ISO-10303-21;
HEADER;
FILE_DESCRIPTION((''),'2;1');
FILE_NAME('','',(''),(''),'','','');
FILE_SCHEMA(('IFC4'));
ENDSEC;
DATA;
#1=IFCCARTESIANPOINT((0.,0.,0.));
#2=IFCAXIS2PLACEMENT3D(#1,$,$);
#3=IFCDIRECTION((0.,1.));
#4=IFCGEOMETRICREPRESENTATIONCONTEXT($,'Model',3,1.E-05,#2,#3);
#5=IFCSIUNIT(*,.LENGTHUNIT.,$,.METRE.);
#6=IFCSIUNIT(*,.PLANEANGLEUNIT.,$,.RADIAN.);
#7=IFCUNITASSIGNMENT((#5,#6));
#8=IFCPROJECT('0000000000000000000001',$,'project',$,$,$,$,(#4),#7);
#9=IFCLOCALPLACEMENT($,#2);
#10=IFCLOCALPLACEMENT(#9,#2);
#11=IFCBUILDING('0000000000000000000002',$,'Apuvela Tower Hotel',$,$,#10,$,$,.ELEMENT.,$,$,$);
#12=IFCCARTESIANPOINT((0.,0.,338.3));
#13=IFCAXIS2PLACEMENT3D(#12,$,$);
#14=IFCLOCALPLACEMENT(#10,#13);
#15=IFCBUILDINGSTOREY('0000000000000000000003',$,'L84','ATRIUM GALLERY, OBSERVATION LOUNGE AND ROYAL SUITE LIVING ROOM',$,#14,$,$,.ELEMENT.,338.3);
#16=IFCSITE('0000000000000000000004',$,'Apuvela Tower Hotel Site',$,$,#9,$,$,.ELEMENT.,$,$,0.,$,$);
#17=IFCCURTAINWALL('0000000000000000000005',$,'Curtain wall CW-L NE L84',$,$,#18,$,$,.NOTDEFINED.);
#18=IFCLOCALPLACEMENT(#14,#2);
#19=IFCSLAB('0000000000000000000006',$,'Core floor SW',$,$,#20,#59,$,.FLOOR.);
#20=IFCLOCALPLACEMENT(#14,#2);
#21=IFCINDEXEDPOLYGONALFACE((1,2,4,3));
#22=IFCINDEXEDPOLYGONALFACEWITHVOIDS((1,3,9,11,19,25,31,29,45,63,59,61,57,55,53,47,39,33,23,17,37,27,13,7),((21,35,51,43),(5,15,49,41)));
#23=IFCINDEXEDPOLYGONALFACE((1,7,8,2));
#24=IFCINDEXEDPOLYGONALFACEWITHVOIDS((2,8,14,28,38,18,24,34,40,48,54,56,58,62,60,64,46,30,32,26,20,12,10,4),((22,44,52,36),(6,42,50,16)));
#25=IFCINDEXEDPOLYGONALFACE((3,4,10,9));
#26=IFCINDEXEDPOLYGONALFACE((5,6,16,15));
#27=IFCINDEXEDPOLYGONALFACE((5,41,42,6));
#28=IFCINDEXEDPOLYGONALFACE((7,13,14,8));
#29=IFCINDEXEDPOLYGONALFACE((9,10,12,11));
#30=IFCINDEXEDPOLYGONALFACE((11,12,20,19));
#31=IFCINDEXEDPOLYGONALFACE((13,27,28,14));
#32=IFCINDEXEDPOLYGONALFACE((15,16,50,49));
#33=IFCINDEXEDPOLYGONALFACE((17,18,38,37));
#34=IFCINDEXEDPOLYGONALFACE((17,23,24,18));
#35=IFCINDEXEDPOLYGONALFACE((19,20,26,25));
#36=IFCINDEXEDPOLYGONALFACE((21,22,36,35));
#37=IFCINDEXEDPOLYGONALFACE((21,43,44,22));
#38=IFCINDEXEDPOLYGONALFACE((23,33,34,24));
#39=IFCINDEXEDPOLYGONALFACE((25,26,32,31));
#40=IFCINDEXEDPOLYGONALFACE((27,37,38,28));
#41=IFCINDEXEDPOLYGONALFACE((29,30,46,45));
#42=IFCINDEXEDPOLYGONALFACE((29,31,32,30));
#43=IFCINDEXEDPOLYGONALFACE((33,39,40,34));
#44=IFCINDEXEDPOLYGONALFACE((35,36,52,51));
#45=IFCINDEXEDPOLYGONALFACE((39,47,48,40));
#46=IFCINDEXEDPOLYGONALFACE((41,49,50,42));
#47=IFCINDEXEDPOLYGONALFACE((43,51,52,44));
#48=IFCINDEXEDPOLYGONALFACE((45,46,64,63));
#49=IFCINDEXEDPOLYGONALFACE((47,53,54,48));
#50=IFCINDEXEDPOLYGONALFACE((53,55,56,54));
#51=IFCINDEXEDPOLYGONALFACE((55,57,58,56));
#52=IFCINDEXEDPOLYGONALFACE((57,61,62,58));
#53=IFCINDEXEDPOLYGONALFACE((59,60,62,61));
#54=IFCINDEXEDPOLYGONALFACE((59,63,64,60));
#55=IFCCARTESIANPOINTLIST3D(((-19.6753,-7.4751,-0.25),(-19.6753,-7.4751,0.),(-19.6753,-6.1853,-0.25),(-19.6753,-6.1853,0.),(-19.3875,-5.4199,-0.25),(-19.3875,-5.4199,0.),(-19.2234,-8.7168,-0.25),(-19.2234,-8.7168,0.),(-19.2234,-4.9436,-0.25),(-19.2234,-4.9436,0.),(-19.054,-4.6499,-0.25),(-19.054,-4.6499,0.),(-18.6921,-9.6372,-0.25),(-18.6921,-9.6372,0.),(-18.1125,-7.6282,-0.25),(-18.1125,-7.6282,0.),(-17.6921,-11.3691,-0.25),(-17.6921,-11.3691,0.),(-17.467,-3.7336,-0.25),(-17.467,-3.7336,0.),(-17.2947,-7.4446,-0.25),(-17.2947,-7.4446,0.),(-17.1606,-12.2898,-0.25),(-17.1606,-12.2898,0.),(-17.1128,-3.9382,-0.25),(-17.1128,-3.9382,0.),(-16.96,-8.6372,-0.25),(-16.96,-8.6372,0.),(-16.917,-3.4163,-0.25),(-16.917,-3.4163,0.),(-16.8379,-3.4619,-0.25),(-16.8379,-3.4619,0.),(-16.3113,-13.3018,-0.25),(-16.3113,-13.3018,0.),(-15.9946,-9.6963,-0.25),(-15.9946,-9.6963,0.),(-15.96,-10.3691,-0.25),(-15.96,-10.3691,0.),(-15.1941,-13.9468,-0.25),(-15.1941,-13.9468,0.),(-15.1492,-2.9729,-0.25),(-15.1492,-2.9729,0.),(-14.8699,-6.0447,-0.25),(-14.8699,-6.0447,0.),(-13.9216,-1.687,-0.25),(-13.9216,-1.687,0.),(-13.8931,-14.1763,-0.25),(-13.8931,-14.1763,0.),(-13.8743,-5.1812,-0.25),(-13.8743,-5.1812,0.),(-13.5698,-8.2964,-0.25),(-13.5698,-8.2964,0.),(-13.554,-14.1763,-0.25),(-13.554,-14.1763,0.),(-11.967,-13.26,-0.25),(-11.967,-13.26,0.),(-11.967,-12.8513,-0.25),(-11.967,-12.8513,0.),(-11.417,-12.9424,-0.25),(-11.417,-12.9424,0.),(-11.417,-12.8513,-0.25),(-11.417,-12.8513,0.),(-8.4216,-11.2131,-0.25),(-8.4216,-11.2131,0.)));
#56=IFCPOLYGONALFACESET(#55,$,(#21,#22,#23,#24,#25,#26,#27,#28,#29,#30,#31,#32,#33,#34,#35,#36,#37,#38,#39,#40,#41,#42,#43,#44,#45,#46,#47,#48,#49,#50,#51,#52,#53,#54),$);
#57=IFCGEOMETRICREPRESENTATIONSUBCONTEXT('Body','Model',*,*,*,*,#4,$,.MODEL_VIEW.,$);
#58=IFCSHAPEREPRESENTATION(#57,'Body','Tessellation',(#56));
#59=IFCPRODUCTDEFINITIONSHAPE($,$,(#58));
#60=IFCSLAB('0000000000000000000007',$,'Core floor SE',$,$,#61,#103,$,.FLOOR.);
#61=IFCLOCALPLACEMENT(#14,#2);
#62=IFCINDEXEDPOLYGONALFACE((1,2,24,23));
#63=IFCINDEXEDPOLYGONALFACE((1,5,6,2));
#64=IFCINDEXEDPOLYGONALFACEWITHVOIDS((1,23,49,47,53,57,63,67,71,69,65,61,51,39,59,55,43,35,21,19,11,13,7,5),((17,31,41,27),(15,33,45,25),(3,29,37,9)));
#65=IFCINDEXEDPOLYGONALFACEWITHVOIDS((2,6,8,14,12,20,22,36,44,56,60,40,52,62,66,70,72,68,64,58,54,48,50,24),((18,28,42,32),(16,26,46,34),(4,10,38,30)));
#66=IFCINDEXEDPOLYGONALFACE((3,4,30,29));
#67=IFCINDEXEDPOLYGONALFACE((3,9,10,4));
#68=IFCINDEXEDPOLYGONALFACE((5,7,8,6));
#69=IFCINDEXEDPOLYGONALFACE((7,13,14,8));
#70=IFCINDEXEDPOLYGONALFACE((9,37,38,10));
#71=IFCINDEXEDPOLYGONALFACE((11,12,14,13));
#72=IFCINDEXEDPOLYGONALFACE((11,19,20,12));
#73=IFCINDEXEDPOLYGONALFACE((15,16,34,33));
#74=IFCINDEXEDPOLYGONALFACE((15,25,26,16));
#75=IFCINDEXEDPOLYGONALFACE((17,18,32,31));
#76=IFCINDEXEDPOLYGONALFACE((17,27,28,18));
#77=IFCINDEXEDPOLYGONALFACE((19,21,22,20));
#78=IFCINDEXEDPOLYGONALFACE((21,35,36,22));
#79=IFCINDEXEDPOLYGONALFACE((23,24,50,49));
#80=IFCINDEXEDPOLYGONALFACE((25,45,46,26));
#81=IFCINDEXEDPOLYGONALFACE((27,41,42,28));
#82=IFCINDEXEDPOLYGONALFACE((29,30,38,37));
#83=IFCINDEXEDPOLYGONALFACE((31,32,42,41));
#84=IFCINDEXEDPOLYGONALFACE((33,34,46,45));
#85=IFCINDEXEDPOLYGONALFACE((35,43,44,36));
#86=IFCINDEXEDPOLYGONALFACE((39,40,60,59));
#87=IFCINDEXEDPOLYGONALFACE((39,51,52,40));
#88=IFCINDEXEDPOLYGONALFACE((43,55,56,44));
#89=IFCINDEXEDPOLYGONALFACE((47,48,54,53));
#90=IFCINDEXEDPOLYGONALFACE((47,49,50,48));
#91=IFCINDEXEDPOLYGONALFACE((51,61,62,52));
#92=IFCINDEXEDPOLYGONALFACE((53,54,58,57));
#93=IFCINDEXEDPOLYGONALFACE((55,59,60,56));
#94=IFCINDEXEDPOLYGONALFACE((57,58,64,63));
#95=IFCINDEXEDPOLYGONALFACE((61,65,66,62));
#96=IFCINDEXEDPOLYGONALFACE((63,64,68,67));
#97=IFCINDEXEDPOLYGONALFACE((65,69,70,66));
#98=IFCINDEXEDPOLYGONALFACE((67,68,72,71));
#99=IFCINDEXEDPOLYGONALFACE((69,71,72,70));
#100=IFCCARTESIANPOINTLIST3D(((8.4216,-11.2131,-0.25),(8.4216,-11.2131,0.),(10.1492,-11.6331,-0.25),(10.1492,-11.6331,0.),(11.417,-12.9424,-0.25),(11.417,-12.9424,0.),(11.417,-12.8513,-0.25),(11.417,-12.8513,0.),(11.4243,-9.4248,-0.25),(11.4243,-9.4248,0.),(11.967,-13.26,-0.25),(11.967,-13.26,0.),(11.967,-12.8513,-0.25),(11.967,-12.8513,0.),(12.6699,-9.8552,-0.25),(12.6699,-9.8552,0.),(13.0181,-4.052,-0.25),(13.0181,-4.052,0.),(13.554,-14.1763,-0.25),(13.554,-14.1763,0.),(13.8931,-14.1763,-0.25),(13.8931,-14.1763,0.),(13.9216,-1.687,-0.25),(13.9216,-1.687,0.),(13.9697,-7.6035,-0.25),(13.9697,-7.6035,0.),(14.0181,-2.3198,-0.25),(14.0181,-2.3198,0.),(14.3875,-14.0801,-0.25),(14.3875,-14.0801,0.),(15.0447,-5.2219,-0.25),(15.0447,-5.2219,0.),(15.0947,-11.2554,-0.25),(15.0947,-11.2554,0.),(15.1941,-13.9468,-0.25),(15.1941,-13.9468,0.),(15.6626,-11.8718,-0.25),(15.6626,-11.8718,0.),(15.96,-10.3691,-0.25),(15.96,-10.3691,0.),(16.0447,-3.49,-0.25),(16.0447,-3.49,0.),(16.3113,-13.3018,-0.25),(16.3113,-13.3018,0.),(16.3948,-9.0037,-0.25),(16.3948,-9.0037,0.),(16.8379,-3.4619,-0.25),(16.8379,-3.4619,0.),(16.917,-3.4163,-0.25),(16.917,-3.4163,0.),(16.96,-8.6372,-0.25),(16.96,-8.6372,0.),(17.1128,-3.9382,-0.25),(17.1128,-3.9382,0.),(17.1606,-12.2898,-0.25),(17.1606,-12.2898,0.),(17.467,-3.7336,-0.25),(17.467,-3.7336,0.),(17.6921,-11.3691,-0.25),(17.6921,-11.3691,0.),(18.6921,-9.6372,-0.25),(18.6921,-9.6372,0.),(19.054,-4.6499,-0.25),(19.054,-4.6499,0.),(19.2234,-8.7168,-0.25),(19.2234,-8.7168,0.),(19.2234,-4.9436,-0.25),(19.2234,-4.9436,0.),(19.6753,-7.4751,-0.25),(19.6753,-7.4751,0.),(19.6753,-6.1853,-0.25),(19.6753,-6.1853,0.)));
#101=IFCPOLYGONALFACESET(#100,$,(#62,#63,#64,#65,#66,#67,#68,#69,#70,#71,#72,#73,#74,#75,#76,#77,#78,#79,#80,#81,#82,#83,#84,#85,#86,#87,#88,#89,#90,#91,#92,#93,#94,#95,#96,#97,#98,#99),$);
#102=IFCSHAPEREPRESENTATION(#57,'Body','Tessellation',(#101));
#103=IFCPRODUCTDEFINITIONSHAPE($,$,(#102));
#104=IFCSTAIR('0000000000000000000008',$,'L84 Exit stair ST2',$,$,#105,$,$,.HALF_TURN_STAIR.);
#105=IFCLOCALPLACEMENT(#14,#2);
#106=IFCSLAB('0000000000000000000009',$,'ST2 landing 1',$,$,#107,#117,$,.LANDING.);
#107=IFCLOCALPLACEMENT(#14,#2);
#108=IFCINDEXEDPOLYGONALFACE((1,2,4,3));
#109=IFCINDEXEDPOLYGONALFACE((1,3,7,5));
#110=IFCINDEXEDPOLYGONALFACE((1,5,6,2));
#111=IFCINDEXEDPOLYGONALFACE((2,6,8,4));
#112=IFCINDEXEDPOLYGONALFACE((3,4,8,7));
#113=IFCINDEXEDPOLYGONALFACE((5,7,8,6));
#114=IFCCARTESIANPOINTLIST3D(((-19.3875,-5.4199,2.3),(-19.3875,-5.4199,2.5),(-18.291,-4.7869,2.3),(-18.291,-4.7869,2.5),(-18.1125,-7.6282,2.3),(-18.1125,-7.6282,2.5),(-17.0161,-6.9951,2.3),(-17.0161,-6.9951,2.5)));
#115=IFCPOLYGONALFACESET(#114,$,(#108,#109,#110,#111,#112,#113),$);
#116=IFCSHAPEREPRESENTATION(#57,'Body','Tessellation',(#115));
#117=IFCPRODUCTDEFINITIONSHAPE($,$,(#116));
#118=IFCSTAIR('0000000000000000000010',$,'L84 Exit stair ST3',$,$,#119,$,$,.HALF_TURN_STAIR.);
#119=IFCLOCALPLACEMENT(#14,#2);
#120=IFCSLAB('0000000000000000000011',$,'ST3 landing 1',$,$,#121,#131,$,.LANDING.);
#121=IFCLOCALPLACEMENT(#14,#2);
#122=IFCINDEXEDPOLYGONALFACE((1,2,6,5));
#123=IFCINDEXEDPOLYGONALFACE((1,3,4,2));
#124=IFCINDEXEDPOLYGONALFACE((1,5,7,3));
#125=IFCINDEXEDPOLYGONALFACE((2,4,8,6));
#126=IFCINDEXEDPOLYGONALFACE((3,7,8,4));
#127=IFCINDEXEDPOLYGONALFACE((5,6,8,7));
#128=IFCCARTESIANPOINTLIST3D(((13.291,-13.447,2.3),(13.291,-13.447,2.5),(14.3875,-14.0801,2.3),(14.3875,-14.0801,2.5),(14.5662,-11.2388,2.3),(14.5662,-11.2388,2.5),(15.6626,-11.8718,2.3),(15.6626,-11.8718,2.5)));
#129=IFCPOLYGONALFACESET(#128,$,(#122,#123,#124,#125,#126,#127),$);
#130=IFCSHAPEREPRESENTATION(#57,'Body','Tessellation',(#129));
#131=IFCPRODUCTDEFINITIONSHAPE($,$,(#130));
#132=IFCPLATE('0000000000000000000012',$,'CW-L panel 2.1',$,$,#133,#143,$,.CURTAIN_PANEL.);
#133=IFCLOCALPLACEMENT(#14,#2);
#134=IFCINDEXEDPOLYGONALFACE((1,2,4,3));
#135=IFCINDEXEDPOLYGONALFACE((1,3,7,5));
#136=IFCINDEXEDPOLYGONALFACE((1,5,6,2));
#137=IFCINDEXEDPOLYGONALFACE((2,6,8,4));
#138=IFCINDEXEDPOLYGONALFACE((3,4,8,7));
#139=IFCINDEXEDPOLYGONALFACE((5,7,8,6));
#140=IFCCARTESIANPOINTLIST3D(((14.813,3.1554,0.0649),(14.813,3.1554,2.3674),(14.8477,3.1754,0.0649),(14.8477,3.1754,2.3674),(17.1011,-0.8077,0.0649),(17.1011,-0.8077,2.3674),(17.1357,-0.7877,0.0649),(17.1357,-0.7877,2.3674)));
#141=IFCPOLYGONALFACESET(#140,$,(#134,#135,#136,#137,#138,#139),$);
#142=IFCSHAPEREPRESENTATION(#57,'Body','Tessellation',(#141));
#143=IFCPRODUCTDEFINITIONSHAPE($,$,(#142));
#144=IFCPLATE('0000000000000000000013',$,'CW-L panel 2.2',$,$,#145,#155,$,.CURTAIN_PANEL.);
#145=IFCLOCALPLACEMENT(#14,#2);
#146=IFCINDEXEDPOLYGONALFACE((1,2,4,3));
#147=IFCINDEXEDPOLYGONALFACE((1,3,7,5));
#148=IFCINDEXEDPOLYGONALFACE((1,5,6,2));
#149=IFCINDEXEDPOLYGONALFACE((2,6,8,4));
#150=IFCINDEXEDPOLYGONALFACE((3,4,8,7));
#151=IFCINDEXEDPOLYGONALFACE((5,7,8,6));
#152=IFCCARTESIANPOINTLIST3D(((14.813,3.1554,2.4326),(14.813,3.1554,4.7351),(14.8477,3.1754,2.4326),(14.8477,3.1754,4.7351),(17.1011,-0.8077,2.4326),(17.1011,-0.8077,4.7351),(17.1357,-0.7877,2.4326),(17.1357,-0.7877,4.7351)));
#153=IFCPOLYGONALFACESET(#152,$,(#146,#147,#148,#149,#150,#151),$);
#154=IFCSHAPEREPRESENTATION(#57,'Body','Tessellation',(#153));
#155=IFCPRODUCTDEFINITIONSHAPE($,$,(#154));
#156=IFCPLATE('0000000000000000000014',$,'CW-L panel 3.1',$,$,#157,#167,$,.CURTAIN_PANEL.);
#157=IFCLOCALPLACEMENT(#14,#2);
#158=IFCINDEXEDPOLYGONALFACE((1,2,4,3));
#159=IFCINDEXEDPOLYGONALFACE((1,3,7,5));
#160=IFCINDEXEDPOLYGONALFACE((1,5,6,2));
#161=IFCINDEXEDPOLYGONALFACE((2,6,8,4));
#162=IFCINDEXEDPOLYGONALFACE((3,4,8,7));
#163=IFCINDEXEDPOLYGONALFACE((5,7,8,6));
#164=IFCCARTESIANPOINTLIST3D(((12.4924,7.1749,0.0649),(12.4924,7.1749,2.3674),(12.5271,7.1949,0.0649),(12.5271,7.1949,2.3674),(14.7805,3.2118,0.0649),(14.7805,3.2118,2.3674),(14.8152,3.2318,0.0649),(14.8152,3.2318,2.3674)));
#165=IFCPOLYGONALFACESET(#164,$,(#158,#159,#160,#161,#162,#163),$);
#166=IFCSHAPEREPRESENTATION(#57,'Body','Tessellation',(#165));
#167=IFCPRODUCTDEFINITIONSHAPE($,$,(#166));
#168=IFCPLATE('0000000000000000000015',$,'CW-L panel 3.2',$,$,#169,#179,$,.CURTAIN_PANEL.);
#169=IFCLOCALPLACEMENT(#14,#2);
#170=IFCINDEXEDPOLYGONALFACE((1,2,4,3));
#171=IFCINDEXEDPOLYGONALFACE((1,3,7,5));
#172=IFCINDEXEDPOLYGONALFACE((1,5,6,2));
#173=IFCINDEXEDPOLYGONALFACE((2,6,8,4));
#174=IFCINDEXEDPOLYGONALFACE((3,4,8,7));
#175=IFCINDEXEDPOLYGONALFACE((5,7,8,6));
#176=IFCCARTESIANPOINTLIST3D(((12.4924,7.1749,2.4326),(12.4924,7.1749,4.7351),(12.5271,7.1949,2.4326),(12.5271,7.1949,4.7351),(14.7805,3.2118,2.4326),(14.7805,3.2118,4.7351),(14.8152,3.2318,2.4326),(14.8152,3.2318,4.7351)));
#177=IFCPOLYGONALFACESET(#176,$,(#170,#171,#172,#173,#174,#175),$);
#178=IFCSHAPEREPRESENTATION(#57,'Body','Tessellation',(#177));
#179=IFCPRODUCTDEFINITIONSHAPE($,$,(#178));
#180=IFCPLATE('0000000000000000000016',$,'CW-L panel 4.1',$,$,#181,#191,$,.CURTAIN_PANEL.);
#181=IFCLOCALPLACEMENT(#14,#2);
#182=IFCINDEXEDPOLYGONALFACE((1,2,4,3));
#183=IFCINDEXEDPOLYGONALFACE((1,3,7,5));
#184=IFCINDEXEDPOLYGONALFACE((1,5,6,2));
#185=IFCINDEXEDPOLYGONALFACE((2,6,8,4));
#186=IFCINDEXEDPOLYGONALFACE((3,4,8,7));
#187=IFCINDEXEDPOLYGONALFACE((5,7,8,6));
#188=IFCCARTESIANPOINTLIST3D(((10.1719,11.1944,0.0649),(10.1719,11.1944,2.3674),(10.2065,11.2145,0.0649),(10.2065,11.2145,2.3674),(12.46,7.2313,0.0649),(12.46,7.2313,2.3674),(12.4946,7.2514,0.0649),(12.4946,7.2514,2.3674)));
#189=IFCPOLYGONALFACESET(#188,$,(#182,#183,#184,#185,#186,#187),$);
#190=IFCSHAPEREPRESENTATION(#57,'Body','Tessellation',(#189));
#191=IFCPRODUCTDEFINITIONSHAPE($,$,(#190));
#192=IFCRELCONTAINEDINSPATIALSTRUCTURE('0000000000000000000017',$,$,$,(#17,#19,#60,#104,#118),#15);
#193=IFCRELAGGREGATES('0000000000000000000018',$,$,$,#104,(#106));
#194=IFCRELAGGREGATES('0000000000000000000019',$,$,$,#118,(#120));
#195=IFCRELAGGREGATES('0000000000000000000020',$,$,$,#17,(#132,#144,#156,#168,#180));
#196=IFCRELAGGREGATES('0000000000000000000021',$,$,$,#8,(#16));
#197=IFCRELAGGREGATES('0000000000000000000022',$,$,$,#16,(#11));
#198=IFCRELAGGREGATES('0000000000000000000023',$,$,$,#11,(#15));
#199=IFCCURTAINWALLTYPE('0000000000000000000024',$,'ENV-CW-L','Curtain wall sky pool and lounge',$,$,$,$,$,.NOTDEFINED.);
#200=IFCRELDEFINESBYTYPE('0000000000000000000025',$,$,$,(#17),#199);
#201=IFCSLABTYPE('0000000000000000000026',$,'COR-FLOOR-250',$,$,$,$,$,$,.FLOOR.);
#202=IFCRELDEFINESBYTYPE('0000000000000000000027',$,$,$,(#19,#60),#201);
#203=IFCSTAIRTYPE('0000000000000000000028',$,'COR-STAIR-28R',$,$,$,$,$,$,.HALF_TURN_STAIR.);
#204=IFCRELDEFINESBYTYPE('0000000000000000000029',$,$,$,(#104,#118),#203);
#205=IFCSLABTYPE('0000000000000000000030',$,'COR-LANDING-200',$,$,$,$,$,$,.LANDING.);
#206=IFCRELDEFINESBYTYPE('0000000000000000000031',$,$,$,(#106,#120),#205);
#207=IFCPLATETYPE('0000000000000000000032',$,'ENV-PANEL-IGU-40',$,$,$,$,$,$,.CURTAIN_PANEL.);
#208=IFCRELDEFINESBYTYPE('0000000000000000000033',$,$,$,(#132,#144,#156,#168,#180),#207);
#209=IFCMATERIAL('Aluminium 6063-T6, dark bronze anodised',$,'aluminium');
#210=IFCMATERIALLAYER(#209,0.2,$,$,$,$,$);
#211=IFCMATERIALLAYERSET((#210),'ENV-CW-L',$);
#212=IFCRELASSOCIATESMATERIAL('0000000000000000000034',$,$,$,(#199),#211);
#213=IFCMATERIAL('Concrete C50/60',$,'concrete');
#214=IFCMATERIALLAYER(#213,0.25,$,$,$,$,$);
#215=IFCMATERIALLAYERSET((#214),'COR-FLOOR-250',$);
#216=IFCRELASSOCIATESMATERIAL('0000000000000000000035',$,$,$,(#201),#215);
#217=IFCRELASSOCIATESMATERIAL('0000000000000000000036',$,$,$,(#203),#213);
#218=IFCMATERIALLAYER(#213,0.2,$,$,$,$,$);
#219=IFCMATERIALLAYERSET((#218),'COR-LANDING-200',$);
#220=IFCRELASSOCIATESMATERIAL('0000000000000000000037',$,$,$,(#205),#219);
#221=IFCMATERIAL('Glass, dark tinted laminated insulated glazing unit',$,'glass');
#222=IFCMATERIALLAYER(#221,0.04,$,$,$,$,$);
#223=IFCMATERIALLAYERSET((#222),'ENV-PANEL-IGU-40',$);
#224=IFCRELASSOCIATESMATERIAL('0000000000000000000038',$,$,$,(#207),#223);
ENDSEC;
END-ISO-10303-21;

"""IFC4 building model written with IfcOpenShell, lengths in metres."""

from ifc_helpers import new_model, si_unit, direction, frame, origin, origin_2d, place, context, subcontext, project, spatial, polyline, rectangle, outline, extrude, material, layer, layer_set, type_object, element, aggregate, save


model = new_model("IFC4")

# Units and contexts
model_context = context("Model", 3, precision=1e-05, world=origin(), true_north=direction((0.0, 1.0)))
body_context = subcontext(model_context, "Body", "Model", "MODEL_VIEW")
ifc_project = project(units=[si_unit("LENGTHUNIT", "METRE"), si_unit("PLANEANGLEUNIT", "RADIAN")], contexts=[model_context])

# Site, building, storey
site_placement = place(None, origin())
site = spatial("IfcSite", under=ifc_project, at=site_placement, Name="Apuvela Tower Hotel Site", CompositionType="ELEMENT", RefElevation=0.0)
building_placement = place(site_placement, origin())
building = spatial("IfcBuilding", under=site, at=building_placement, Name="Apuvela Tower Hotel", CompositionType="ELEMENT")
storey_placement = place(building_placement, frame((0.0, 0.0, 338.3)))
storey = spatial("IfcBuildingStorey", under=building, at=storey_placement, Name="L84", Description="ATRIUM GALLERY, OBSERVATION LOUNGE AND ROYAL SUITE LIVING ROOM", CompositionType="ELEMENT", Elevation=338.3)

# Curtain wall
ifc_material_1 = material(Name="Aluminium 6063-T6, dark bronze anodised", Category="aluminium")
ifc_layer_1 = layer(ifc_material_1, 0.2)
ifc_layer_set_1 = layer_set([ifc_layer_1], Name="ENV-CW-L")
curtain_wall_type = type_object("IfcCurtainWallType", Name="ENV-CW-L", Description="Curtain wall sky pool and lounge", PredefinedType="NOTDEFINED", material=ifc_layer_set_1)
curtain_wall_placement = place(storey_placement, origin())
curtain_wall = element("IfcCurtainWall", 1, at=curtain_wall_placement, inside=storey, type_object=curtain_wall_type, Name="Curtain wall CW-L NE L84", PredefinedType="NOTDEFINED")

# Slabs
ifc_material_2 = material(Name="Concrete C50/60", Category="concrete")
ifc_layer_2 = layer(ifc_material_2, 0.25)
ifc_layer_set_2 = layer_set([ifc_layer_2], Name="COR-FLOOR-250")
slab_type_1 = type_object("IfcSlabType", Name="COR-FLOOR-250", PredefinedType="FLOOR", material=ifc_layer_set_2)
slab_1_placement = place(storey_placement, frame((0.0, 0.0, -0.25)))
element("IfcSlab", 2, at=slab_1_placement, inside=storey, type_object=slab_type_1, Name="Core floor SW", PredefinedType="FLOOR", context=body_context, shape_type="SweptSolid", body=[
    extrude(outline(polyline([(-16.8379, -3.4619), (-17.1128, -3.9382), (-17.467, -3.7336), (-19.054, -4.6499), (-19.2234, -4.9436), (-19.6753, -6.1853), (-19.6753, -7.4751), (-19.2234, -8.7168), (-18.6921, -9.6372), (-16.96, -8.6372), (-15.96, -10.3691), (-17.6921, -11.3691), (-17.1606, -12.2898), (-16.3113, -13.3018), (-15.1941, -13.9468), (-13.8931, -14.1763), (-13.554, -14.1763), (-11.967, -13.26), (-11.967, -12.8513), (-11.417, -12.8513), (-11.417, -12.9424), (-8.4216, -11.2131), (-13.9216, -1.687), (-16.917, -3.4163), (-16.8379, -3.4619)]), holes=[polyline([(-13.8743, -5.1812), (-18.1125, -7.6282), (-19.3875, -5.4199), (-15.1492, -2.9729), (-13.8743, -5.1812)]), polyline([(-13.5698, -8.2964), (-15.9946, -9.6963), (-17.2947, -7.4446), (-14.8699, -6.0447), (-13.5698, -8.2964)])]), origin(), (0.0, 0.0, 1.0), 0.25),
])
slab_2_placement = place(storey_placement, frame((0.0, 0.0, -0.25)))
element("IfcSlab", 3, at=slab_2_placement, inside=storey, type_object=slab_type_1, Name="Core floor SE", PredefinedType="FLOOR", context=body_context, shape_type="SweptSolid", body=[
    extrude(outline(polyline([(11.417, -12.8513), (11.967, -12.8513), (11.967, -13.26), (13.554, -14.1763), (13.8931, -14.1763), (15.1941, -13.9468), (16.3113, -13.3018), (17.1606, -12.2898), (17.6921, -11.3691), (15.96, -10.3691), (16.96, -8.6372), (18.6921, -9.6372), (19.2234, -8.7168), (19.6753, -7.4751), (19.6753, -6.1853), (19.2234, -4.9436), (19.054, -4.6499), (17.467, -3.7336), (17.1128, -3.9382), (16.8379, -3.4619), (16.917, -3.4163), (13.9216, -1.687), (8.4216, -11.2131), (11.417, -12.9424), (11.417, -12.8513)]), holes=[polyline([(14.0181, -2.3198), (16.0447, -3.49), (15.0447, -5.2219), (13.0181, -4.052), (14.0181, -2.3198)]), polyline([(10.1492, -11.6331), (11.4243, -9.4248), (15.6626, -11.8718), (14.3875, -14.0801), (10.1492, -11.6331)]), polyline([(12.6699, -9.8552), (13.9697, -7.6035), (16.3948, -9.0037), (15.0947, -11.2554), (12.6699, -9.8552)])]), origin(), (0.0, 0.0, 1.0), 0.25),
])

# Stairs, slabs
stair_type = type_object("IfcStairType", Name="COR-STAIR-28R", PredefinedType="HALF_TURN_STAIR", material=ifc_material_2)
stair_1_placement = place(storey_placement, origin())
stair_1 = element("IfcStair", 4, at=stair_1_placement, inside=storey, type_object=stair_type, Name="L84 Exit stair ST2", PredefinedType="HALF_TURN_STAIR")
ifc_layer_3 = layer(ifc_material_2, 0.2)
ifc_layer_set_3 = layer_set([ifc_layer_3], Name="COR-LANDING-200")
slab_type_2 = type_object("IfcSlabType", Name="COR-LANDING-200", PredefinedType="LANDING", material=ifc_layer_set_3)
slab_3_placement = place(storey_placement, frame((0.0, 0.0, 2.3)))
slab_3 = element("IfcSlab", 5, at=slab_3_placement, type_object=slab_type_2, Name="ST2 landing 1", PredefinedType="LANDING", context=body_context, shape_type="SweptSolid", body=[
    extrude(outline(polyline([(-18.291, -4.7869), (-19.3875, -5.4199), (-18.1125, -7.6282), (-17.0161, -6.9951), (-18.291, -4.7869)])), origin(), (0.0, 0.0, 1.0), 0.2),
])
aggregate(stair_1, [slab_3])
stair_2_placement = place(storey_placement, origin())
stair_2 = element("IfcStair", 6, at=stair_2_placement, inside=storey, type_object=stair_type, Name="L84 Exit stair ST3", PredefinedType="HALF_TURN_STAIR")
slab_4_placement = place(storey_placement, frame((0.0, 0.0, 2.3)))
slab_4 = element("IfcSlab", 7, at=slab_4_placement, type_object=slab_type_2, Name="ST3 landing 1", PredefinedType="LANDING", context=body_context, shape_type="SweptSolid", body=[
    extrude(outline(polyline([(13.291, -13.447), (14.3875, -14.0801), (15.6626, -11.8718), (14.5662, -11.2388), (13.291, -13.447)])), origin(), (0.0, 0.0, 1.0), 0.2),
])
aggregate(stair_2, [slab_4])

# Plates
ifc_material_3 = material(Name="Glass, dark tinted laminated insulated glazing unit", Category="glass")
ifc_layer_4 = layer(ifc_material_3, 0.04)
ifc_layer_set_4 = layer_set([ifc_layer_4], Name="ENV-PANEL-IGU-40")
plate_type = type_object("IfcPlateType", Name="ENV-PANEL-IGU-40", PredefinedType="CURTAIN_PANEL", material=ifc_layer_set_4)
plate_1_placement = place(storey_placement, frame((15.9744, 1.1838, 0.0649), z_axis=(0.0, 0.0, 1.0), x_axis=(-0.499999, 0.866026, 0.0)))
plate_1 = element("IfcPlate", 8, at=plate_1_placement, type_object=plate_type, Name="CW-L panel 2.1", PredefinedType="CURTAIN_PANEL", context=body_context, shape_type="SweptSolid", body=[
    extrude(rectangle(XDim=4.5762, YDim=0.04, at=origin_2d()), origin(), (0.0, 0.0, 1.0), 2.3025),
])
plate_2_placement = place(storey_placement, frame((15.9744, 1.1838, 2.4326), z_axis=(0.0, 0.0, 1.0), x_axis=(-0.499999, 0.866026, 0.0)))
plate_2 = element("IfcPlate", 9, at=plate_2_placement, type_object=plate_type, Name="CW-L panel 2.2", PredefinedType="CURTAIN_PANEL", context=body_context, shape_type="SweptSolid", body=[
    extrude(rectangle(XDim=4.5762, YDim=0.04, at=origin_2d()), origin(), (0.0, 0.0, 1.0), 2.3025),
])
plate_3_placement = place(storey_placement, frame((13.6538, 5.2034, 0.0649), z_axis=(0.0, 0.0, 1.0), x_axis=(-0.499999, 0.866026, 0.0)))
plate_3 = element("IfcPlate", 10, at=plate_3_placement, type_object=plate_type, Name="CW-L panel 3.1", PredefinedType="CURTAIN_PANEL", context=body_context, shape_type="SweptSolid", body=[
    extrude(rectangle(XDim=4.5762, YDim=0.04, at=origin_2d()), origin(), (0.0, 0.0, 1.0), 2.3025),
])
plate_4_placement = place(storey_placement, frame((13.6538, 5.2034, 2.4326), z_axis=(0.0, 0.0, 1.0), x_axis=(-0.499999, 0.866026, 0.0)))
plate_4 = element("IfcPlate", 11, at=plate_4_placement, type_object=plate_type, Name="CW-L panel 3.2", PredefinedType="CURTAIN_PANEL", context=body_context, shape_type="SweptSolid", body=[
    extrude(rectangle(XDim=4.5762, YDim=0.04, at=origin_2d()), origin(), (0.0, 0.0, 1.0), 2.3025),
])
plate_5_placement = place(storey_placement, frame((11.3333, 9.2229, 0.0649), z_axis=(0.0, 0.0, 1.0), x_axis=(-0.499999, 0.866026, 0.0)))
plate_5 = element("IfcPlate", 12, at=plate_5_placement, type_object=plate_type, Name="CW-L panel 4.1", PredefinedType="CURTAIN_PANEL", context=body_context, shape_type="SweptSolid", body=[
    extrude(rectangle(XDim=4.5762, YDim=0.04, at=origin_2d()), origin(), (0.0, 0.0, 1.0), 2.3025),
])
aggregate(curtain_wall, [plate_1, plate_2, plate_3, plate_4, plate_5])

save(model, "model.ifc")
